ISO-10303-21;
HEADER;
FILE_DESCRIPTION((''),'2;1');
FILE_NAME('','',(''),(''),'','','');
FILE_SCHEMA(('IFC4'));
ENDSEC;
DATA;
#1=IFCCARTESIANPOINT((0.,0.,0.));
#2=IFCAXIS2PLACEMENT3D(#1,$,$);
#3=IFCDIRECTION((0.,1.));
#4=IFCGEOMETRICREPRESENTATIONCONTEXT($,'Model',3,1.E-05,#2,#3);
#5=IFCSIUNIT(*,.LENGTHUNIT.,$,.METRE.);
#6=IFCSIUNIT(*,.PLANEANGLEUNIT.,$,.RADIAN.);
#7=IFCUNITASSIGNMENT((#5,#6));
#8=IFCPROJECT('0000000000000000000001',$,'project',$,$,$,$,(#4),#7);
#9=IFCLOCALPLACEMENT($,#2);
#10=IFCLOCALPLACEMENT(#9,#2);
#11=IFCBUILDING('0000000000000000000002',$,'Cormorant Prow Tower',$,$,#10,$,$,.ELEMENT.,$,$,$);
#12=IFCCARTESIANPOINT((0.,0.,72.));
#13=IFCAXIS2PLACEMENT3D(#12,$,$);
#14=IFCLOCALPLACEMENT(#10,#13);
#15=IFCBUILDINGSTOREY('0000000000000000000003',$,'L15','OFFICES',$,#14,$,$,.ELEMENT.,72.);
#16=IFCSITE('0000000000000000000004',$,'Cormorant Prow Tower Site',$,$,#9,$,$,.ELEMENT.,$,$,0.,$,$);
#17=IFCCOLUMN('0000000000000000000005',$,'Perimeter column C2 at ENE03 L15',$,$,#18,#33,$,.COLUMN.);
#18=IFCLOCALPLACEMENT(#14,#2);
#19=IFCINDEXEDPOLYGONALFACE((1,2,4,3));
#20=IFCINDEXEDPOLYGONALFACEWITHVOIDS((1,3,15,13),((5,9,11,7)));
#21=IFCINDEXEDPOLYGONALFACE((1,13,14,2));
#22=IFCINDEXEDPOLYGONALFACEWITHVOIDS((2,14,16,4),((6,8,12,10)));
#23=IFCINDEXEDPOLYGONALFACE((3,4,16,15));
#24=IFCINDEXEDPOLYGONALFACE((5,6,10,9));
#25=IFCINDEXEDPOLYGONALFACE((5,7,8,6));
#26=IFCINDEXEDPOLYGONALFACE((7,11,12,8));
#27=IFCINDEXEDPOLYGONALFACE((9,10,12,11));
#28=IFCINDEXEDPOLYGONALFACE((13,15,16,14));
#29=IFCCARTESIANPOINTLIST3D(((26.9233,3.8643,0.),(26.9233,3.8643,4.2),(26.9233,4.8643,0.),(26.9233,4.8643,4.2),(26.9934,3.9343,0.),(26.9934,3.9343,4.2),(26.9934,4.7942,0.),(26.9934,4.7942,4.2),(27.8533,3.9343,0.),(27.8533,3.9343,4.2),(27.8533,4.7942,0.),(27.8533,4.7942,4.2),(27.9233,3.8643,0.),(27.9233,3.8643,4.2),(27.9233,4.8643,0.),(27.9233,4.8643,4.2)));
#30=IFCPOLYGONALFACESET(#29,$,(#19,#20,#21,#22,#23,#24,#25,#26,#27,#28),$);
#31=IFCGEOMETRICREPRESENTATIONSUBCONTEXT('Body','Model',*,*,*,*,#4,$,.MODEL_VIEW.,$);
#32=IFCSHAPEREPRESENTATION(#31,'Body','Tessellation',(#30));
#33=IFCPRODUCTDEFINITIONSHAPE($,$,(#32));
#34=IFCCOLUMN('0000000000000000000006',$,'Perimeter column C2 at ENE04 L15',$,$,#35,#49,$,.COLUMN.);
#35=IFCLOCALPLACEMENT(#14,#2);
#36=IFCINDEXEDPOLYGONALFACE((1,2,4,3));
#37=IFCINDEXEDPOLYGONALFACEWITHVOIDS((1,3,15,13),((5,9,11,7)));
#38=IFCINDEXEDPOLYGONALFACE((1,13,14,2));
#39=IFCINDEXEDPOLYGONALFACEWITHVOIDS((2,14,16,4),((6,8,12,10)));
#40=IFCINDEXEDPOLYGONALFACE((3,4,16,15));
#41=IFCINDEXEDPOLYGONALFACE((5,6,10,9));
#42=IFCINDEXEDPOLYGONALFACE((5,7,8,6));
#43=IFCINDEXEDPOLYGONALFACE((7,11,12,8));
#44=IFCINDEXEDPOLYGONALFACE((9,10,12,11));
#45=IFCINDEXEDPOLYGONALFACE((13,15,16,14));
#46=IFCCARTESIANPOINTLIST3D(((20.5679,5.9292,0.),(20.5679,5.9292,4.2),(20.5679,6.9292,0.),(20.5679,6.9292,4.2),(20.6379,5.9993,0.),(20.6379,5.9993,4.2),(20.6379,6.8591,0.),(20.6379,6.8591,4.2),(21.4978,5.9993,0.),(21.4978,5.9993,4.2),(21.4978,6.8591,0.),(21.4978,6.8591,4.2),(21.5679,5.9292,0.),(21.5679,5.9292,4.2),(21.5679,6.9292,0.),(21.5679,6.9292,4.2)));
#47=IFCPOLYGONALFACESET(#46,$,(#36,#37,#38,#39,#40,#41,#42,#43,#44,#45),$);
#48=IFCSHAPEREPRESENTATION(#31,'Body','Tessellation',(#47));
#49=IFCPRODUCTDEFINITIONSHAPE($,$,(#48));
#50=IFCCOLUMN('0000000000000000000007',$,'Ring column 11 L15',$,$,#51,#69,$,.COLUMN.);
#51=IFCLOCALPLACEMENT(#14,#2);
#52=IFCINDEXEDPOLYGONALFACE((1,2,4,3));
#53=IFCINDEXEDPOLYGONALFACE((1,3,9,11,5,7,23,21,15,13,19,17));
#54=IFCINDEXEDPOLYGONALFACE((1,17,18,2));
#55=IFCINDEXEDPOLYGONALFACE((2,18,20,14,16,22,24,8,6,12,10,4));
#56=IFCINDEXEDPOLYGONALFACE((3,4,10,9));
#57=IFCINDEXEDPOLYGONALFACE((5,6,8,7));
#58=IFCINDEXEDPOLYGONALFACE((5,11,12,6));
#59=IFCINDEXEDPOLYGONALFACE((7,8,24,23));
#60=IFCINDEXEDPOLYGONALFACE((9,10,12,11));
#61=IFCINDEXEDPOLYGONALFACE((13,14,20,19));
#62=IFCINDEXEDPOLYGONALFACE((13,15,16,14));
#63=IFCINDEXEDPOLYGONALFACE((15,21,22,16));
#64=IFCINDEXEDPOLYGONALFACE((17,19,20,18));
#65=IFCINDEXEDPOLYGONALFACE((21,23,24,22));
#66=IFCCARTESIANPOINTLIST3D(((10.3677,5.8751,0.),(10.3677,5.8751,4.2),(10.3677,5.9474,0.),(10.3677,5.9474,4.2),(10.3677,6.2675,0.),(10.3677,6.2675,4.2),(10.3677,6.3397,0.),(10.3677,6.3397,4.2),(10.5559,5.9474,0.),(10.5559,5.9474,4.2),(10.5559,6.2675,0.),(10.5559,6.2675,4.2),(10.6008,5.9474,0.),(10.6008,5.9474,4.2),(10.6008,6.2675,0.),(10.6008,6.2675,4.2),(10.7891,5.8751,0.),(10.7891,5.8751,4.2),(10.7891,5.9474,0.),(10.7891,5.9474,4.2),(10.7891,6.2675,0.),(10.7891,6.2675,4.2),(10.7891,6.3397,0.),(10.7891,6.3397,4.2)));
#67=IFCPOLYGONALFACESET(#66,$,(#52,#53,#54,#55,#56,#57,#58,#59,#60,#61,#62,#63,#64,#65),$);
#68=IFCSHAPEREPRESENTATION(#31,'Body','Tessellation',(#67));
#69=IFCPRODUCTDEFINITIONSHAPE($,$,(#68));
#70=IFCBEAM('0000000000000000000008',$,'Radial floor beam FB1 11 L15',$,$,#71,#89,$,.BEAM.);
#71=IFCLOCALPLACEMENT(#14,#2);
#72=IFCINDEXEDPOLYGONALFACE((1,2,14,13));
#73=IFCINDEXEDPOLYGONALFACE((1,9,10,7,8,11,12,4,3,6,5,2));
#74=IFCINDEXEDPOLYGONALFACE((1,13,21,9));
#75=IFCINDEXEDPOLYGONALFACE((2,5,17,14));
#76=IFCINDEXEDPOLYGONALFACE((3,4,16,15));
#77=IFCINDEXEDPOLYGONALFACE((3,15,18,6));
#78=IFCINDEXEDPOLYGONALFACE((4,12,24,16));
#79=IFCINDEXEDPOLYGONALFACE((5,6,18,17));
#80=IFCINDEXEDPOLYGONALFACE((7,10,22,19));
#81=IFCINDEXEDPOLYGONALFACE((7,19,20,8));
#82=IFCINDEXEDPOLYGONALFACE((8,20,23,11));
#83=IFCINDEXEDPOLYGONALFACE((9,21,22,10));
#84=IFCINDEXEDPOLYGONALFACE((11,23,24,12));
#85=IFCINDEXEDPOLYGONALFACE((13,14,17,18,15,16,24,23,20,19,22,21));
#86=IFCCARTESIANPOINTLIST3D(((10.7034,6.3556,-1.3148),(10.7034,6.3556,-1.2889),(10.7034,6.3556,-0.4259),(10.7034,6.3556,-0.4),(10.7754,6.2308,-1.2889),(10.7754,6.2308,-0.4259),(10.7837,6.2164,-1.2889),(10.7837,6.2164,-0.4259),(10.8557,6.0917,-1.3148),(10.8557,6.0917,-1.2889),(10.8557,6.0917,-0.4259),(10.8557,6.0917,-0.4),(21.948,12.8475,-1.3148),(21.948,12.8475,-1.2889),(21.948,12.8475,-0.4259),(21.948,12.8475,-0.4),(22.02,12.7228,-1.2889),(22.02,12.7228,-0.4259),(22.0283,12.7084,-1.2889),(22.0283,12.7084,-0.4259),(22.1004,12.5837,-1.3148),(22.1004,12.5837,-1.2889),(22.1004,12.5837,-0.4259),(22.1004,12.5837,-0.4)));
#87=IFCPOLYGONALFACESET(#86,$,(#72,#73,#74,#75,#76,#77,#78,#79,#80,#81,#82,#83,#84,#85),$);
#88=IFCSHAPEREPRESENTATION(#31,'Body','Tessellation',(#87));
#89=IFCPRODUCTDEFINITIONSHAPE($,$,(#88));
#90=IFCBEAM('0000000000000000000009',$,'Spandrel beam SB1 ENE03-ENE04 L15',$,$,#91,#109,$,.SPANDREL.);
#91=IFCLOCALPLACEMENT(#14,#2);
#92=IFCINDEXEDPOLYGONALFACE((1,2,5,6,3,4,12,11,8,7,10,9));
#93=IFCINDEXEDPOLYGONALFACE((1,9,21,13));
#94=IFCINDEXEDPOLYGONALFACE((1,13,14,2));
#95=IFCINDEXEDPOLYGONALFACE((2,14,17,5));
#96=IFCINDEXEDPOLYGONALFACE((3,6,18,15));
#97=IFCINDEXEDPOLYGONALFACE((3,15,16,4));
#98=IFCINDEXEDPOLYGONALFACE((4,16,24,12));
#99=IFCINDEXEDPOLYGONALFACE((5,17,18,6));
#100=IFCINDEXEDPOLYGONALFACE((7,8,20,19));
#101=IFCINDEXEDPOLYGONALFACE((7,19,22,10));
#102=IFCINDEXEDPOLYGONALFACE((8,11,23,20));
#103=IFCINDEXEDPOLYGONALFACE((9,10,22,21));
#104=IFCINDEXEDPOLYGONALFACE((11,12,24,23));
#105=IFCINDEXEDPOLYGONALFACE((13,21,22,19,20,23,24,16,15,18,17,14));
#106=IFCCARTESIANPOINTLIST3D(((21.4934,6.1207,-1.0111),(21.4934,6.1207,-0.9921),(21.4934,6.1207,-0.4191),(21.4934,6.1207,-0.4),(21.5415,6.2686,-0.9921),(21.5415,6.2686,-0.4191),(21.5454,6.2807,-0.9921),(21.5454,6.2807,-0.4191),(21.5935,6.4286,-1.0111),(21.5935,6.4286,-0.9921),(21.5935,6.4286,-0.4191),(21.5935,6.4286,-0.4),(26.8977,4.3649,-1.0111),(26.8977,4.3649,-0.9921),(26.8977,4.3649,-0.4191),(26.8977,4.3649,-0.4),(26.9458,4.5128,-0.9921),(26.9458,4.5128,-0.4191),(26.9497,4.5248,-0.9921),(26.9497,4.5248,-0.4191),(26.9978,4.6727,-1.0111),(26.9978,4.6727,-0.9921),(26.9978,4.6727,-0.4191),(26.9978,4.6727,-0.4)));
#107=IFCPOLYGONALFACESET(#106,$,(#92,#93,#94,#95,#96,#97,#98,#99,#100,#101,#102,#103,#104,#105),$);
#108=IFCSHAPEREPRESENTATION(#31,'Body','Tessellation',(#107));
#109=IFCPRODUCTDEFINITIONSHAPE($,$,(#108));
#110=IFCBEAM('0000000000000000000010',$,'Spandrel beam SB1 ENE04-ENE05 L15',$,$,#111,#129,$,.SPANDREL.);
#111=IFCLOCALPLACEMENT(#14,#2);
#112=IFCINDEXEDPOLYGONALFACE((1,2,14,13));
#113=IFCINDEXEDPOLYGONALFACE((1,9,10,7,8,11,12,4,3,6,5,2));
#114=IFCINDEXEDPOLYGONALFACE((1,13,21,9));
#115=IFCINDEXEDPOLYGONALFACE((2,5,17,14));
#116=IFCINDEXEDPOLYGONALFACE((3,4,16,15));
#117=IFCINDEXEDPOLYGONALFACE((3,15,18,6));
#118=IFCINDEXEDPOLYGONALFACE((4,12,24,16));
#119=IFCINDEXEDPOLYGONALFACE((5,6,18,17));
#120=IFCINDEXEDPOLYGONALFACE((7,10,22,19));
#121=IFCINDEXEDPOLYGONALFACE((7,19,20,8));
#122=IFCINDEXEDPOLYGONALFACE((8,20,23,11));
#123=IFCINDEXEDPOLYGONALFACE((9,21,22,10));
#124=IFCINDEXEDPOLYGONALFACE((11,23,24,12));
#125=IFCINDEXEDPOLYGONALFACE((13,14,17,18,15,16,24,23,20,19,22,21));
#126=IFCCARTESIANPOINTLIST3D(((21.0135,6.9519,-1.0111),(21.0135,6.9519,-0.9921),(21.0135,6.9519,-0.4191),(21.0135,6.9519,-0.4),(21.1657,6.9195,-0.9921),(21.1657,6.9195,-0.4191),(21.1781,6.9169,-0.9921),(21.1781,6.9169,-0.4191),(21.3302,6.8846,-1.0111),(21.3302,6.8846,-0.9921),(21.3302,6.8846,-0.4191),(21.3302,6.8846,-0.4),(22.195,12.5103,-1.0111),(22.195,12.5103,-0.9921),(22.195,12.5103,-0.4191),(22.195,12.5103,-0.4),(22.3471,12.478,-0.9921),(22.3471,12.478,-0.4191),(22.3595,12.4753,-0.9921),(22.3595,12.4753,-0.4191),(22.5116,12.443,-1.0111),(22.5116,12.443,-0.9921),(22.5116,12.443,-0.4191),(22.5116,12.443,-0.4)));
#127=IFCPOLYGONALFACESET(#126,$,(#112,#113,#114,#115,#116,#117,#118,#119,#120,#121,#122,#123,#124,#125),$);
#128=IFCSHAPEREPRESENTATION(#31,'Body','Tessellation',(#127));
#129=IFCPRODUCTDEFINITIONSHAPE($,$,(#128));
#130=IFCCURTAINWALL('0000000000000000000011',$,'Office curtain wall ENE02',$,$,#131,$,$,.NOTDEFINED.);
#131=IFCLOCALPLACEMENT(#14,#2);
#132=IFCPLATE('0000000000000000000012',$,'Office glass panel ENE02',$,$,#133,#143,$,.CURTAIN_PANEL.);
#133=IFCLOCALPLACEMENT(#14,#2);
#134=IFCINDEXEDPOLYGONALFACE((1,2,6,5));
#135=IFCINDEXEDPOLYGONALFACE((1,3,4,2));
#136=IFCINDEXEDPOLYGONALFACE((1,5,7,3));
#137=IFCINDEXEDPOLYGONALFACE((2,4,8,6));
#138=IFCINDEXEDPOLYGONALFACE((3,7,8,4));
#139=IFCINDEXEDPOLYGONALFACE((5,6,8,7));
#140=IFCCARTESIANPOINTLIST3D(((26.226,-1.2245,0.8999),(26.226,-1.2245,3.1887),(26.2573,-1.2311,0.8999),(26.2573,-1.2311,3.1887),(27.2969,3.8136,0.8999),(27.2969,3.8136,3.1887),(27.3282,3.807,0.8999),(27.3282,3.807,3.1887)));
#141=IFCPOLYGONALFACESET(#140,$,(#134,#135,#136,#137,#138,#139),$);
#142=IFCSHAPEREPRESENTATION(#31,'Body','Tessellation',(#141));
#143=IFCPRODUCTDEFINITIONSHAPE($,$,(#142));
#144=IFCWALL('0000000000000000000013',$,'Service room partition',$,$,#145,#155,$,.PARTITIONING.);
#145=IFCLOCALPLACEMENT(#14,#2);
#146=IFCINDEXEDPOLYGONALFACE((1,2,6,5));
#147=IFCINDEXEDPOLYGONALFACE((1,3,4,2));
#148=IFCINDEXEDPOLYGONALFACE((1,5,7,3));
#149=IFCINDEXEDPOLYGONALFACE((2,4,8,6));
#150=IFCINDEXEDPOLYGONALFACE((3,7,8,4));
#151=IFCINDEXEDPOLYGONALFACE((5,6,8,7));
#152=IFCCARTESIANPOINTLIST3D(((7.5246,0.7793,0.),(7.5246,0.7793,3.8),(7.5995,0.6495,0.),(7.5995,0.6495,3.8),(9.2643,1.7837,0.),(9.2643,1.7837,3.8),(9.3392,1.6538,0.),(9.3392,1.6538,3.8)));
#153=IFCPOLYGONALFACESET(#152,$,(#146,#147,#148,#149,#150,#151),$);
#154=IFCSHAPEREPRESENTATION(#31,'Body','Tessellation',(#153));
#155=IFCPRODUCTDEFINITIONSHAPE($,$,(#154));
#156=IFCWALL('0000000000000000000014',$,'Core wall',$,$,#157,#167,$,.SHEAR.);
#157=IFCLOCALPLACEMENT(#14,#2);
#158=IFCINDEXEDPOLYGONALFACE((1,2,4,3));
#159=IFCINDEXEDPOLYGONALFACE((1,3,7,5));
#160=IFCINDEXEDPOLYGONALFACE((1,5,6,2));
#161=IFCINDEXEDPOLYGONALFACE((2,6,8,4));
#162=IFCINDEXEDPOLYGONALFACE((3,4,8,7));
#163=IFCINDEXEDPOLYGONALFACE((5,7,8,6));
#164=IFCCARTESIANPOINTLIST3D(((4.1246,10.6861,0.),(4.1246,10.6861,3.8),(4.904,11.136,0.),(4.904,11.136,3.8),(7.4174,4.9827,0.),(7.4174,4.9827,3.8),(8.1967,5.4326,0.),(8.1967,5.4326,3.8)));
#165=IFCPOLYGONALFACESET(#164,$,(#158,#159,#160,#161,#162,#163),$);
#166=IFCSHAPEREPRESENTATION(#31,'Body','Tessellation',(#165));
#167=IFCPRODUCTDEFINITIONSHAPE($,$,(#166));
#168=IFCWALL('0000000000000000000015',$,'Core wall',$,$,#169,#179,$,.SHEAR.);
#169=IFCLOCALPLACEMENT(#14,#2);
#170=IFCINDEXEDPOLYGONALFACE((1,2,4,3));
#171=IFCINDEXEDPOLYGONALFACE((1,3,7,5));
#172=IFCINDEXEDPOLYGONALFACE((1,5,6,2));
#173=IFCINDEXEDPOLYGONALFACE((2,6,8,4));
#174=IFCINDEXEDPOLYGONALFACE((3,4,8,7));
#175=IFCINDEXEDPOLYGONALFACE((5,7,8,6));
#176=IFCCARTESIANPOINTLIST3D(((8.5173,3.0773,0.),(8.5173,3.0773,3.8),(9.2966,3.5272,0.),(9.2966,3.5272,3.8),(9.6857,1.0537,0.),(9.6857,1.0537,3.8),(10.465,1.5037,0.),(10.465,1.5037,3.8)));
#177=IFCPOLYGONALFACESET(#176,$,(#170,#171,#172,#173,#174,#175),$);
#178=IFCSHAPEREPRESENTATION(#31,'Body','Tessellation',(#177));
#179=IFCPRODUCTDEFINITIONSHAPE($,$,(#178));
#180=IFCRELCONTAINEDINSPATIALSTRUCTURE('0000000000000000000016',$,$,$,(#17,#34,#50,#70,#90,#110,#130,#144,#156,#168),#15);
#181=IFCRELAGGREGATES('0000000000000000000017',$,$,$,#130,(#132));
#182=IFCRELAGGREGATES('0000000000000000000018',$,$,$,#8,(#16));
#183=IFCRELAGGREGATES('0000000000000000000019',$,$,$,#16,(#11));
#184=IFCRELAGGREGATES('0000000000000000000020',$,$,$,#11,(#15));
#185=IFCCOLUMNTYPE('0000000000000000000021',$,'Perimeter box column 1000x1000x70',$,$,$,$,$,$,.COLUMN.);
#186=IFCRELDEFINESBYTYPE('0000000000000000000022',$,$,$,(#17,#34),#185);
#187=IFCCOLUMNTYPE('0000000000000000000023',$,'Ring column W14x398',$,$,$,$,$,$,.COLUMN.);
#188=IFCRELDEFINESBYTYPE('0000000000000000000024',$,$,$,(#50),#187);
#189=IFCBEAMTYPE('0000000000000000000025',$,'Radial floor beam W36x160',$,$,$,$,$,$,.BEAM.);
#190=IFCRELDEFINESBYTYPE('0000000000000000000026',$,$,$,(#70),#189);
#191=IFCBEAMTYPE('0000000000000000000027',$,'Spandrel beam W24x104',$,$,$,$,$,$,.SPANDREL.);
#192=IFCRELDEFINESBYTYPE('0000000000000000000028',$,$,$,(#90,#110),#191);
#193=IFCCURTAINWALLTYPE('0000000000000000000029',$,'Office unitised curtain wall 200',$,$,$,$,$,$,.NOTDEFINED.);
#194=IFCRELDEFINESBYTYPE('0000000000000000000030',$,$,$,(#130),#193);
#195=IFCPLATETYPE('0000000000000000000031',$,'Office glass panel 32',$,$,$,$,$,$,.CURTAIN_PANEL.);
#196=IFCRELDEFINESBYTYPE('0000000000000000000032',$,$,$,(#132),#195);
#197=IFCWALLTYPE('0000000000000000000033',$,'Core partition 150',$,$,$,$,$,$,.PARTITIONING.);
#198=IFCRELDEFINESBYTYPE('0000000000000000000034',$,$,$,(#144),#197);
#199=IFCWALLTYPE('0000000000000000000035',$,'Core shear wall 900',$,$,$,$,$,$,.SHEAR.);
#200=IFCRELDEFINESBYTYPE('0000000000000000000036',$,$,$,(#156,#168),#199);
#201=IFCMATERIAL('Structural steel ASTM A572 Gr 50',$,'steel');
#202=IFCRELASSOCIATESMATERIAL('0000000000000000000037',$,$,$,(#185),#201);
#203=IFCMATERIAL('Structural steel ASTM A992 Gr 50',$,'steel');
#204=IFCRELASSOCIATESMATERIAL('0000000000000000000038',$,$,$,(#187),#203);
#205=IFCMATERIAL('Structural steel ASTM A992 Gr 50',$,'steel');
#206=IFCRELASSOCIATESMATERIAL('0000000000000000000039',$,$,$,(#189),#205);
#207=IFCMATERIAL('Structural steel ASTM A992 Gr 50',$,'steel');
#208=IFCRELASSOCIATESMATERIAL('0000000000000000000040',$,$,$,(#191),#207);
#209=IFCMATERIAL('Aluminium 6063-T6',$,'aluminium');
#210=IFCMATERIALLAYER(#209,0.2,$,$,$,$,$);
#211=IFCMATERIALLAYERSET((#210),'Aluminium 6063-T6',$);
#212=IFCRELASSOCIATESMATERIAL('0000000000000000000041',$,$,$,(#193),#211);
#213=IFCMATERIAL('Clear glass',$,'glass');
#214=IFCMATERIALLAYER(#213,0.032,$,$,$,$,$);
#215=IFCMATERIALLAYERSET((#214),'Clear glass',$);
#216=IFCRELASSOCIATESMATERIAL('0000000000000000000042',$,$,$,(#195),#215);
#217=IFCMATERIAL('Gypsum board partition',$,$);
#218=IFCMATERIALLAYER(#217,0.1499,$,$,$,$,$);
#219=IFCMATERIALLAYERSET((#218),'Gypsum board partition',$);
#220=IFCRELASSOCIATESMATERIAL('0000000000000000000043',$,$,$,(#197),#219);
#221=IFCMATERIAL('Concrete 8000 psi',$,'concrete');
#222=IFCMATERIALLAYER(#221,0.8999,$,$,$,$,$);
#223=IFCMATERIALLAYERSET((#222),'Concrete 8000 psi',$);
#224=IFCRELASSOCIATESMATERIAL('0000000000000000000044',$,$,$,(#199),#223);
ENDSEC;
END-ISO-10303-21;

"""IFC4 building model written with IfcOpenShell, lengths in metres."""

from ifc_helpers import new_model, si_unit, direction, frame, frame_2d, origin, origin_2d, place, context, subcontext, project, spatial, rectangle, hollow_rectangle, i_section, extrude, material, layer, layer_set, material_profile, profile_set, type_object, element, aggregate, save


model = new_model("IFC4")

# Units and contexts
model_context = context("Model", 3, precision=1e-05, world=origin(), true_north=direction((0.0, 1.0)))
body_context = subcontext(model_context, "Body", "Model", "MODEL_VIEW")
ifc_project = project(units=[si_unit("LENGTHUNIT", "METRE"), si_unit("PLANEANGLEUNIT", "RADIAN")], contexts=[model_context])

# Site, building, storey
site_placement = place(None, origin())
site = spatial("IfcSite", under=ifc_project, at=site_placement, Name="Cormorant Prow Tower Site", CompositionType="ELEMENT", RefElevation=0.0)
building_placement = place(site_placement, origin())
building = spatial("IfcBuilding", under=site, at=building_placement, Name="Cormorant Prow Tower", CompositionType="ELEMENT")
storey_placement = place(building_placement, frame((0.0, 0.0, 72.0)))
storey = spatial("IfcBuildingStorey", under=building, at=storey_placement, Name="L15", Description="OFFICES", CompositionType="ELEMENT", Elevation=72.0)

# Columns
ifc_material_1 = material(Name="Structural steel ASTM A572 Gr 50", Category="steel")
ifc_material_profile_1 = material_profile(ifc_material_1, hollow_rectangle(XDim=1.0, YDim=1.0, WallThickness=0.0701, at=origin_2d()), Name="Box 1000x1000x70")
ifc_profile_set_1 = profile_set([ifc_material_profile_1], Name="Structural steel ASTM A572 Gr 50")
column_type_1 = type_object("IfcColumnType", Name="Perimeter box column 1000x1000x70", PredefinedType="COLUMN", material=ifc_profile_set_1)
for number, where, z_axis, x_axis, name in (
    (1, (27.4233, 4.3643, 0.0), (0.0, 0.0, 1.0), (1.0, 0.0, 0.0), "Perimeter column C2 at ENE03 L15"),
    (2, (21.0679, 6.4292, 0.0), (0.0, 0.0, 1.0), (1.0, 0.0, 0.0), "Perimeter column C2 at ENE04 L15"),
):
    element("IfcColumn", number, at=place(storey_placement, frame(where, z_axis=z_axis, x_axis=x_axis)), inside=storey, type_object=column_type_1, Name=name, PredefinedType="COLUMN", context=body_context, shape_type="SweptSolid", body=[
        extrude(hollow_rectangle(XDim=1.0, YDim=1.0, WallThickness=0.0701, at=origin_2d()), origin(), (0.0, 0.0, 1.0), 4.2),
    ])
ifc_material_2 = material(Name="Structural steel ASTM A992 Gr 50", Category="steel")
ifc_material_profile_2 = material_profile(ifc_material_2, i_section(OverallWidth=0.4214, OverallDepth=0.4646, WebThickness=0.0449, FlangeThickness=0.0723, at=origin_2d()), Name="W14x398")
ifc_profile_set_2 = profile_set([ifc_material_profile_2], Name="Structural steel ASTM A992 Gr 50")
column_type_2 = type_object("IfcColumnType", Name="Ring column W14x398", PredefinedType="COLUMN", material=ifc_profile_set_2)
column_placement = place(storey_placement, frame((10.5784, 6.1074, 0.0), z_axis=(0.0, 0.0, 1.0), x_axis=(1.0, 0.0, 0.0)))
element("IfcColumn", 3, at=column_placement, inside=storey, type_object=column_type_2, Name="Ring column 11 L15", PredefinedType="COLUMN", context=body_context, shape_type="SweptSolid", body=[
    extrude(i_section(OverallWidth=0.4214, OverallDepth=0.4646, WebThickness=0.0449, FlangeThickness=0.0723, at=origin_2d()), origin(), (0.0, 0.0, 1.0), 4.2),
])

# Beams
ifc_material_3 = material(Name="Structural steel ASTM A992 Gr 50", Category="steel")
ifc_material_profile_3 = material_profile(ifc_material_3, i_section(OverallWidth=0.3047, OverallDepth=0.9148, WebThickness=0.0166, FlangeThickness=0.0259, at=origin_2d()), Name="W36x160")
ifc_profile_set_3 = profile_set([ifc_material_profile_3], Name="Structural steel ASTM A992 Gr 50")
beam_type_1 = type_object("IfcBeamType", Name="Radial floor beam W36x160", PredefinedType="BEAM", material=ifc_profile_set_3)
beam_1_placement = place(storey_placement, frame((10.7795, 6.2236, -0.8574), z_axis=(0.86603, 0.499992, 0.0), x_axis=(-0.499992, 0.86603, 0.0)))
element("IfcBeam", 4, at=beam_1_placement, inside=storey, type_object=beam_type_1, Name="Radial floor beam FB1 11 L15", PredefinedType="BEAM", context=body_context, shape_type="SweptSolid", body=[
    extrude(i_section(OverallWidth=0.3047, OverallDepth=0.9148, WebThickness=0.0166, FlangeThickness=0.0259, at=origin_2d()), origin(), (0.0, 0.0, 1.0), 12.9841),
])
ifc_material_4 = material(Name="Structural steel ASTM A992 Gr 50", Category="steel")
ifc_material_profile_4 = material_profile(ifc_material_4, i_section(OverallWidth=0.3237, OverallDepth=0.6111, WebThickness=0.0127, FlangeThickness=0.019, at=origin_2d()), Name="W24x104")
ifc_profile_set_4 = profile_set([ifc_material_profile_4], Name="Structural steel ASTM A992 Gr 50")
beam_type_2 = type_object("IfcBeamType", Name="Spandrel beam W24x104", PredefinedType="SPANDREL", material=ifc_profile_set_4)
beam_2_placement = place(storey_placement, frame((26.9478, 4.5188, -0.7056), z_axis=(-0.951062, 0.309001, 0.0), x_axis=(-0.309001, -0.951062, 0.0)))
element("IfcBeam", 5, at=beam_2_placement, inside=storey, type_object=beam_type_2, Name="Spandrel beam SB1 ENE03-ENE04 L15", PredefinedType="SPANDREL", context=body_context, shape_type="SweptSolid", body=[
    extrude(i_section(OverallWidth=0.3237, OverallDepth=0.6111, WebThickness=0.0127, FlangeThickness=0.019, at=origin_2d()), origin(), (0.0, 0.0, 1.0), 5.6824),
])
beam_3_placement = place(storey_placement, frame((21.1719, 6.9182, -0.7056), z_axis=(0.2079, 0.97815, 0.0), x_axis=(-0.97815, 0.2079, 0.0)))
element("IfcBeam", 6, at=beam_3_placement, inside=storey, type_object=beam_type_2, Name="Spandrel beam SB1 ENE04-ENE05 L15", PredefinedType="SPANDREL", context=body_context, shape_type="SweptSolid", body=[
    extrude(i_section(OverallWidth=0.3237, OverallDepth=0.6111, WebThickness=0.0127, FlangeThickness=0.019, at=origin_2d()), origin(), (0.0, 0.0, 1.0), 5.6826),
])

# Curtain wall, plate
ifc_material_5 = material(Name="Aluminium 6063-T6", Category="aluminium")
ifc_layer_1 = layer(ifc_material_5, 0.2)
ifc_layer_set_1 = layer_set([ifc_layer_1], Name="Aluminium 6063-T6")
curtain_wall_type = type_object("IfcCurtainWallType", Name="Office unitised curtain wall 200", PredefinedType="NOTDEFINED", material=ifc_layer_set_1)
curtain_wall_placement = place(storey_placement, origin())
curtain_wall = element("IfcCurtainWall", 7, at=curtain_wall_placement, inside=storey, type_object=curtain_wall_type, Name="Office curtain wall ENE02", PredefinedType="NOTDEFINED")
ifc_material_6 = material(Name="Clear glass", Category="glass")
ifc_layer_2 = layer(ifc_material_6, 0.032)
ifc_layer_set_2 = layer_set([ifc_layer_2], Name="Clear glass")
plate_type = type_object("IfcPlateType", Name="Office glass panel 32", PredefinedType="CURTAIN_PANEL", material=ifc_layer_set_2)
plate_placement = place(storey_placement, frame((26.7771, 1.2913, 0.8999), z_axis=(0.0, 0.0, 1.0), x_axis=(0.207912, 0.978148, 0.0)))
plate = element("IfcPlate", 8, at=plate_placement, type_object=plate_type, Name="Office glass panel ENE02", PredefinedType="CURTAIN_PANEL", context=body_context, shape_type="SweptSolid", body=[
    extrude(rectangle(XDim=5.1506, YDim=0.032, at=origin_2d()), origin(), (0.0, 0.0, 1.0), 2.2888),
])
aggregate(curtain_wall, [plate])

# Walls
ifc_material_7 = material(Name="Gypsum board partition")
ifc_layer_3 = layer(ifc_material_7, 0.1499)
ifc_layer_set_3 = layer_set([ifc_layer_3], Name="Gypsum board partition")
wall_type_1 = type_object("IfcWallType", Name="Core partition 150", PredefinedType="PARTITIONING", material=ifc_layer_set_3)
wall_1_placement = place(storey_placement, frame((9.3018, 1.7188, 0.0), z_axis=(0.0, 0.0, 1.0), x_axis=(-0.866036, -0.499982, 0.0)))
element("IfcWall", 9, at=wall_1_placement, inside=storey, type_object=wall_type_1, Name="Service room partition", PredefinedType="PARTITIONING", context=body_context, shape_type="SweptSolid", body=[
    extrude(rectangle(XDim=2.0088, YDim=0.1499, at=frame_2d((1.0044, 0.0))), origin(), (0.0, 0.0, 1.0), 3.8),
])
ifc_material_8 = material(Name="Concrete 8000 psi", Category="concrete")
ifc_layer_4 = layer(ifc_material_8, 0.8999)
ifc_layer_set_4 = layer_set([ifc_layer_4], Name="Concrete 8000 psi")
wall_type_2 = type_object("IfcWallType", Name="Core shear wall 900", PredefinedType="SHEAR", material=ifc_layer_set_4)
wall_2_placement = place(storey_placement, frame((7.8071, 5.2075, 0.0), z_axis=(0.0, 0.0, 1.0), x_axis=(-0.499987, 0.866033, 0.0)))
element("IfcWall", 10, at=wall_2_placement, inside=storey, type_object=wall_type_2, Name="Core wall", PredefinedType="SHEAR", context=body_context, shape_type="SweptSolid", body=[
    extrude(rectangle(XDim=6.5857, YDim=0.8999, at=frame_2d((3.293, 0.0))), origin(), (0.0, 0.0, 1.0), 3.8),
])
wall_3_placement = place(storey_placement, frame((10.0754, 1.2786, 0.0), z_axis=(0.0, 0.0, 1.0), x_axis=(-0.500027, 0.86601, 0.0)))
element("IfcWall", 11, at=wall_3_placement, inside=storey, type_object=wall_type_2, Name="Core wall", PredefinedType="SHEAR", context=body_context, shape_type="SweptSolid", body=[
    extrude(rectangle(XDim=2.3367, YDim=0.8999, at=frame_2d((1.1685, 0.0))), origin(), (0.0, 0.0, 1.0), 3.8),
])

save(model, "model.ifc")
